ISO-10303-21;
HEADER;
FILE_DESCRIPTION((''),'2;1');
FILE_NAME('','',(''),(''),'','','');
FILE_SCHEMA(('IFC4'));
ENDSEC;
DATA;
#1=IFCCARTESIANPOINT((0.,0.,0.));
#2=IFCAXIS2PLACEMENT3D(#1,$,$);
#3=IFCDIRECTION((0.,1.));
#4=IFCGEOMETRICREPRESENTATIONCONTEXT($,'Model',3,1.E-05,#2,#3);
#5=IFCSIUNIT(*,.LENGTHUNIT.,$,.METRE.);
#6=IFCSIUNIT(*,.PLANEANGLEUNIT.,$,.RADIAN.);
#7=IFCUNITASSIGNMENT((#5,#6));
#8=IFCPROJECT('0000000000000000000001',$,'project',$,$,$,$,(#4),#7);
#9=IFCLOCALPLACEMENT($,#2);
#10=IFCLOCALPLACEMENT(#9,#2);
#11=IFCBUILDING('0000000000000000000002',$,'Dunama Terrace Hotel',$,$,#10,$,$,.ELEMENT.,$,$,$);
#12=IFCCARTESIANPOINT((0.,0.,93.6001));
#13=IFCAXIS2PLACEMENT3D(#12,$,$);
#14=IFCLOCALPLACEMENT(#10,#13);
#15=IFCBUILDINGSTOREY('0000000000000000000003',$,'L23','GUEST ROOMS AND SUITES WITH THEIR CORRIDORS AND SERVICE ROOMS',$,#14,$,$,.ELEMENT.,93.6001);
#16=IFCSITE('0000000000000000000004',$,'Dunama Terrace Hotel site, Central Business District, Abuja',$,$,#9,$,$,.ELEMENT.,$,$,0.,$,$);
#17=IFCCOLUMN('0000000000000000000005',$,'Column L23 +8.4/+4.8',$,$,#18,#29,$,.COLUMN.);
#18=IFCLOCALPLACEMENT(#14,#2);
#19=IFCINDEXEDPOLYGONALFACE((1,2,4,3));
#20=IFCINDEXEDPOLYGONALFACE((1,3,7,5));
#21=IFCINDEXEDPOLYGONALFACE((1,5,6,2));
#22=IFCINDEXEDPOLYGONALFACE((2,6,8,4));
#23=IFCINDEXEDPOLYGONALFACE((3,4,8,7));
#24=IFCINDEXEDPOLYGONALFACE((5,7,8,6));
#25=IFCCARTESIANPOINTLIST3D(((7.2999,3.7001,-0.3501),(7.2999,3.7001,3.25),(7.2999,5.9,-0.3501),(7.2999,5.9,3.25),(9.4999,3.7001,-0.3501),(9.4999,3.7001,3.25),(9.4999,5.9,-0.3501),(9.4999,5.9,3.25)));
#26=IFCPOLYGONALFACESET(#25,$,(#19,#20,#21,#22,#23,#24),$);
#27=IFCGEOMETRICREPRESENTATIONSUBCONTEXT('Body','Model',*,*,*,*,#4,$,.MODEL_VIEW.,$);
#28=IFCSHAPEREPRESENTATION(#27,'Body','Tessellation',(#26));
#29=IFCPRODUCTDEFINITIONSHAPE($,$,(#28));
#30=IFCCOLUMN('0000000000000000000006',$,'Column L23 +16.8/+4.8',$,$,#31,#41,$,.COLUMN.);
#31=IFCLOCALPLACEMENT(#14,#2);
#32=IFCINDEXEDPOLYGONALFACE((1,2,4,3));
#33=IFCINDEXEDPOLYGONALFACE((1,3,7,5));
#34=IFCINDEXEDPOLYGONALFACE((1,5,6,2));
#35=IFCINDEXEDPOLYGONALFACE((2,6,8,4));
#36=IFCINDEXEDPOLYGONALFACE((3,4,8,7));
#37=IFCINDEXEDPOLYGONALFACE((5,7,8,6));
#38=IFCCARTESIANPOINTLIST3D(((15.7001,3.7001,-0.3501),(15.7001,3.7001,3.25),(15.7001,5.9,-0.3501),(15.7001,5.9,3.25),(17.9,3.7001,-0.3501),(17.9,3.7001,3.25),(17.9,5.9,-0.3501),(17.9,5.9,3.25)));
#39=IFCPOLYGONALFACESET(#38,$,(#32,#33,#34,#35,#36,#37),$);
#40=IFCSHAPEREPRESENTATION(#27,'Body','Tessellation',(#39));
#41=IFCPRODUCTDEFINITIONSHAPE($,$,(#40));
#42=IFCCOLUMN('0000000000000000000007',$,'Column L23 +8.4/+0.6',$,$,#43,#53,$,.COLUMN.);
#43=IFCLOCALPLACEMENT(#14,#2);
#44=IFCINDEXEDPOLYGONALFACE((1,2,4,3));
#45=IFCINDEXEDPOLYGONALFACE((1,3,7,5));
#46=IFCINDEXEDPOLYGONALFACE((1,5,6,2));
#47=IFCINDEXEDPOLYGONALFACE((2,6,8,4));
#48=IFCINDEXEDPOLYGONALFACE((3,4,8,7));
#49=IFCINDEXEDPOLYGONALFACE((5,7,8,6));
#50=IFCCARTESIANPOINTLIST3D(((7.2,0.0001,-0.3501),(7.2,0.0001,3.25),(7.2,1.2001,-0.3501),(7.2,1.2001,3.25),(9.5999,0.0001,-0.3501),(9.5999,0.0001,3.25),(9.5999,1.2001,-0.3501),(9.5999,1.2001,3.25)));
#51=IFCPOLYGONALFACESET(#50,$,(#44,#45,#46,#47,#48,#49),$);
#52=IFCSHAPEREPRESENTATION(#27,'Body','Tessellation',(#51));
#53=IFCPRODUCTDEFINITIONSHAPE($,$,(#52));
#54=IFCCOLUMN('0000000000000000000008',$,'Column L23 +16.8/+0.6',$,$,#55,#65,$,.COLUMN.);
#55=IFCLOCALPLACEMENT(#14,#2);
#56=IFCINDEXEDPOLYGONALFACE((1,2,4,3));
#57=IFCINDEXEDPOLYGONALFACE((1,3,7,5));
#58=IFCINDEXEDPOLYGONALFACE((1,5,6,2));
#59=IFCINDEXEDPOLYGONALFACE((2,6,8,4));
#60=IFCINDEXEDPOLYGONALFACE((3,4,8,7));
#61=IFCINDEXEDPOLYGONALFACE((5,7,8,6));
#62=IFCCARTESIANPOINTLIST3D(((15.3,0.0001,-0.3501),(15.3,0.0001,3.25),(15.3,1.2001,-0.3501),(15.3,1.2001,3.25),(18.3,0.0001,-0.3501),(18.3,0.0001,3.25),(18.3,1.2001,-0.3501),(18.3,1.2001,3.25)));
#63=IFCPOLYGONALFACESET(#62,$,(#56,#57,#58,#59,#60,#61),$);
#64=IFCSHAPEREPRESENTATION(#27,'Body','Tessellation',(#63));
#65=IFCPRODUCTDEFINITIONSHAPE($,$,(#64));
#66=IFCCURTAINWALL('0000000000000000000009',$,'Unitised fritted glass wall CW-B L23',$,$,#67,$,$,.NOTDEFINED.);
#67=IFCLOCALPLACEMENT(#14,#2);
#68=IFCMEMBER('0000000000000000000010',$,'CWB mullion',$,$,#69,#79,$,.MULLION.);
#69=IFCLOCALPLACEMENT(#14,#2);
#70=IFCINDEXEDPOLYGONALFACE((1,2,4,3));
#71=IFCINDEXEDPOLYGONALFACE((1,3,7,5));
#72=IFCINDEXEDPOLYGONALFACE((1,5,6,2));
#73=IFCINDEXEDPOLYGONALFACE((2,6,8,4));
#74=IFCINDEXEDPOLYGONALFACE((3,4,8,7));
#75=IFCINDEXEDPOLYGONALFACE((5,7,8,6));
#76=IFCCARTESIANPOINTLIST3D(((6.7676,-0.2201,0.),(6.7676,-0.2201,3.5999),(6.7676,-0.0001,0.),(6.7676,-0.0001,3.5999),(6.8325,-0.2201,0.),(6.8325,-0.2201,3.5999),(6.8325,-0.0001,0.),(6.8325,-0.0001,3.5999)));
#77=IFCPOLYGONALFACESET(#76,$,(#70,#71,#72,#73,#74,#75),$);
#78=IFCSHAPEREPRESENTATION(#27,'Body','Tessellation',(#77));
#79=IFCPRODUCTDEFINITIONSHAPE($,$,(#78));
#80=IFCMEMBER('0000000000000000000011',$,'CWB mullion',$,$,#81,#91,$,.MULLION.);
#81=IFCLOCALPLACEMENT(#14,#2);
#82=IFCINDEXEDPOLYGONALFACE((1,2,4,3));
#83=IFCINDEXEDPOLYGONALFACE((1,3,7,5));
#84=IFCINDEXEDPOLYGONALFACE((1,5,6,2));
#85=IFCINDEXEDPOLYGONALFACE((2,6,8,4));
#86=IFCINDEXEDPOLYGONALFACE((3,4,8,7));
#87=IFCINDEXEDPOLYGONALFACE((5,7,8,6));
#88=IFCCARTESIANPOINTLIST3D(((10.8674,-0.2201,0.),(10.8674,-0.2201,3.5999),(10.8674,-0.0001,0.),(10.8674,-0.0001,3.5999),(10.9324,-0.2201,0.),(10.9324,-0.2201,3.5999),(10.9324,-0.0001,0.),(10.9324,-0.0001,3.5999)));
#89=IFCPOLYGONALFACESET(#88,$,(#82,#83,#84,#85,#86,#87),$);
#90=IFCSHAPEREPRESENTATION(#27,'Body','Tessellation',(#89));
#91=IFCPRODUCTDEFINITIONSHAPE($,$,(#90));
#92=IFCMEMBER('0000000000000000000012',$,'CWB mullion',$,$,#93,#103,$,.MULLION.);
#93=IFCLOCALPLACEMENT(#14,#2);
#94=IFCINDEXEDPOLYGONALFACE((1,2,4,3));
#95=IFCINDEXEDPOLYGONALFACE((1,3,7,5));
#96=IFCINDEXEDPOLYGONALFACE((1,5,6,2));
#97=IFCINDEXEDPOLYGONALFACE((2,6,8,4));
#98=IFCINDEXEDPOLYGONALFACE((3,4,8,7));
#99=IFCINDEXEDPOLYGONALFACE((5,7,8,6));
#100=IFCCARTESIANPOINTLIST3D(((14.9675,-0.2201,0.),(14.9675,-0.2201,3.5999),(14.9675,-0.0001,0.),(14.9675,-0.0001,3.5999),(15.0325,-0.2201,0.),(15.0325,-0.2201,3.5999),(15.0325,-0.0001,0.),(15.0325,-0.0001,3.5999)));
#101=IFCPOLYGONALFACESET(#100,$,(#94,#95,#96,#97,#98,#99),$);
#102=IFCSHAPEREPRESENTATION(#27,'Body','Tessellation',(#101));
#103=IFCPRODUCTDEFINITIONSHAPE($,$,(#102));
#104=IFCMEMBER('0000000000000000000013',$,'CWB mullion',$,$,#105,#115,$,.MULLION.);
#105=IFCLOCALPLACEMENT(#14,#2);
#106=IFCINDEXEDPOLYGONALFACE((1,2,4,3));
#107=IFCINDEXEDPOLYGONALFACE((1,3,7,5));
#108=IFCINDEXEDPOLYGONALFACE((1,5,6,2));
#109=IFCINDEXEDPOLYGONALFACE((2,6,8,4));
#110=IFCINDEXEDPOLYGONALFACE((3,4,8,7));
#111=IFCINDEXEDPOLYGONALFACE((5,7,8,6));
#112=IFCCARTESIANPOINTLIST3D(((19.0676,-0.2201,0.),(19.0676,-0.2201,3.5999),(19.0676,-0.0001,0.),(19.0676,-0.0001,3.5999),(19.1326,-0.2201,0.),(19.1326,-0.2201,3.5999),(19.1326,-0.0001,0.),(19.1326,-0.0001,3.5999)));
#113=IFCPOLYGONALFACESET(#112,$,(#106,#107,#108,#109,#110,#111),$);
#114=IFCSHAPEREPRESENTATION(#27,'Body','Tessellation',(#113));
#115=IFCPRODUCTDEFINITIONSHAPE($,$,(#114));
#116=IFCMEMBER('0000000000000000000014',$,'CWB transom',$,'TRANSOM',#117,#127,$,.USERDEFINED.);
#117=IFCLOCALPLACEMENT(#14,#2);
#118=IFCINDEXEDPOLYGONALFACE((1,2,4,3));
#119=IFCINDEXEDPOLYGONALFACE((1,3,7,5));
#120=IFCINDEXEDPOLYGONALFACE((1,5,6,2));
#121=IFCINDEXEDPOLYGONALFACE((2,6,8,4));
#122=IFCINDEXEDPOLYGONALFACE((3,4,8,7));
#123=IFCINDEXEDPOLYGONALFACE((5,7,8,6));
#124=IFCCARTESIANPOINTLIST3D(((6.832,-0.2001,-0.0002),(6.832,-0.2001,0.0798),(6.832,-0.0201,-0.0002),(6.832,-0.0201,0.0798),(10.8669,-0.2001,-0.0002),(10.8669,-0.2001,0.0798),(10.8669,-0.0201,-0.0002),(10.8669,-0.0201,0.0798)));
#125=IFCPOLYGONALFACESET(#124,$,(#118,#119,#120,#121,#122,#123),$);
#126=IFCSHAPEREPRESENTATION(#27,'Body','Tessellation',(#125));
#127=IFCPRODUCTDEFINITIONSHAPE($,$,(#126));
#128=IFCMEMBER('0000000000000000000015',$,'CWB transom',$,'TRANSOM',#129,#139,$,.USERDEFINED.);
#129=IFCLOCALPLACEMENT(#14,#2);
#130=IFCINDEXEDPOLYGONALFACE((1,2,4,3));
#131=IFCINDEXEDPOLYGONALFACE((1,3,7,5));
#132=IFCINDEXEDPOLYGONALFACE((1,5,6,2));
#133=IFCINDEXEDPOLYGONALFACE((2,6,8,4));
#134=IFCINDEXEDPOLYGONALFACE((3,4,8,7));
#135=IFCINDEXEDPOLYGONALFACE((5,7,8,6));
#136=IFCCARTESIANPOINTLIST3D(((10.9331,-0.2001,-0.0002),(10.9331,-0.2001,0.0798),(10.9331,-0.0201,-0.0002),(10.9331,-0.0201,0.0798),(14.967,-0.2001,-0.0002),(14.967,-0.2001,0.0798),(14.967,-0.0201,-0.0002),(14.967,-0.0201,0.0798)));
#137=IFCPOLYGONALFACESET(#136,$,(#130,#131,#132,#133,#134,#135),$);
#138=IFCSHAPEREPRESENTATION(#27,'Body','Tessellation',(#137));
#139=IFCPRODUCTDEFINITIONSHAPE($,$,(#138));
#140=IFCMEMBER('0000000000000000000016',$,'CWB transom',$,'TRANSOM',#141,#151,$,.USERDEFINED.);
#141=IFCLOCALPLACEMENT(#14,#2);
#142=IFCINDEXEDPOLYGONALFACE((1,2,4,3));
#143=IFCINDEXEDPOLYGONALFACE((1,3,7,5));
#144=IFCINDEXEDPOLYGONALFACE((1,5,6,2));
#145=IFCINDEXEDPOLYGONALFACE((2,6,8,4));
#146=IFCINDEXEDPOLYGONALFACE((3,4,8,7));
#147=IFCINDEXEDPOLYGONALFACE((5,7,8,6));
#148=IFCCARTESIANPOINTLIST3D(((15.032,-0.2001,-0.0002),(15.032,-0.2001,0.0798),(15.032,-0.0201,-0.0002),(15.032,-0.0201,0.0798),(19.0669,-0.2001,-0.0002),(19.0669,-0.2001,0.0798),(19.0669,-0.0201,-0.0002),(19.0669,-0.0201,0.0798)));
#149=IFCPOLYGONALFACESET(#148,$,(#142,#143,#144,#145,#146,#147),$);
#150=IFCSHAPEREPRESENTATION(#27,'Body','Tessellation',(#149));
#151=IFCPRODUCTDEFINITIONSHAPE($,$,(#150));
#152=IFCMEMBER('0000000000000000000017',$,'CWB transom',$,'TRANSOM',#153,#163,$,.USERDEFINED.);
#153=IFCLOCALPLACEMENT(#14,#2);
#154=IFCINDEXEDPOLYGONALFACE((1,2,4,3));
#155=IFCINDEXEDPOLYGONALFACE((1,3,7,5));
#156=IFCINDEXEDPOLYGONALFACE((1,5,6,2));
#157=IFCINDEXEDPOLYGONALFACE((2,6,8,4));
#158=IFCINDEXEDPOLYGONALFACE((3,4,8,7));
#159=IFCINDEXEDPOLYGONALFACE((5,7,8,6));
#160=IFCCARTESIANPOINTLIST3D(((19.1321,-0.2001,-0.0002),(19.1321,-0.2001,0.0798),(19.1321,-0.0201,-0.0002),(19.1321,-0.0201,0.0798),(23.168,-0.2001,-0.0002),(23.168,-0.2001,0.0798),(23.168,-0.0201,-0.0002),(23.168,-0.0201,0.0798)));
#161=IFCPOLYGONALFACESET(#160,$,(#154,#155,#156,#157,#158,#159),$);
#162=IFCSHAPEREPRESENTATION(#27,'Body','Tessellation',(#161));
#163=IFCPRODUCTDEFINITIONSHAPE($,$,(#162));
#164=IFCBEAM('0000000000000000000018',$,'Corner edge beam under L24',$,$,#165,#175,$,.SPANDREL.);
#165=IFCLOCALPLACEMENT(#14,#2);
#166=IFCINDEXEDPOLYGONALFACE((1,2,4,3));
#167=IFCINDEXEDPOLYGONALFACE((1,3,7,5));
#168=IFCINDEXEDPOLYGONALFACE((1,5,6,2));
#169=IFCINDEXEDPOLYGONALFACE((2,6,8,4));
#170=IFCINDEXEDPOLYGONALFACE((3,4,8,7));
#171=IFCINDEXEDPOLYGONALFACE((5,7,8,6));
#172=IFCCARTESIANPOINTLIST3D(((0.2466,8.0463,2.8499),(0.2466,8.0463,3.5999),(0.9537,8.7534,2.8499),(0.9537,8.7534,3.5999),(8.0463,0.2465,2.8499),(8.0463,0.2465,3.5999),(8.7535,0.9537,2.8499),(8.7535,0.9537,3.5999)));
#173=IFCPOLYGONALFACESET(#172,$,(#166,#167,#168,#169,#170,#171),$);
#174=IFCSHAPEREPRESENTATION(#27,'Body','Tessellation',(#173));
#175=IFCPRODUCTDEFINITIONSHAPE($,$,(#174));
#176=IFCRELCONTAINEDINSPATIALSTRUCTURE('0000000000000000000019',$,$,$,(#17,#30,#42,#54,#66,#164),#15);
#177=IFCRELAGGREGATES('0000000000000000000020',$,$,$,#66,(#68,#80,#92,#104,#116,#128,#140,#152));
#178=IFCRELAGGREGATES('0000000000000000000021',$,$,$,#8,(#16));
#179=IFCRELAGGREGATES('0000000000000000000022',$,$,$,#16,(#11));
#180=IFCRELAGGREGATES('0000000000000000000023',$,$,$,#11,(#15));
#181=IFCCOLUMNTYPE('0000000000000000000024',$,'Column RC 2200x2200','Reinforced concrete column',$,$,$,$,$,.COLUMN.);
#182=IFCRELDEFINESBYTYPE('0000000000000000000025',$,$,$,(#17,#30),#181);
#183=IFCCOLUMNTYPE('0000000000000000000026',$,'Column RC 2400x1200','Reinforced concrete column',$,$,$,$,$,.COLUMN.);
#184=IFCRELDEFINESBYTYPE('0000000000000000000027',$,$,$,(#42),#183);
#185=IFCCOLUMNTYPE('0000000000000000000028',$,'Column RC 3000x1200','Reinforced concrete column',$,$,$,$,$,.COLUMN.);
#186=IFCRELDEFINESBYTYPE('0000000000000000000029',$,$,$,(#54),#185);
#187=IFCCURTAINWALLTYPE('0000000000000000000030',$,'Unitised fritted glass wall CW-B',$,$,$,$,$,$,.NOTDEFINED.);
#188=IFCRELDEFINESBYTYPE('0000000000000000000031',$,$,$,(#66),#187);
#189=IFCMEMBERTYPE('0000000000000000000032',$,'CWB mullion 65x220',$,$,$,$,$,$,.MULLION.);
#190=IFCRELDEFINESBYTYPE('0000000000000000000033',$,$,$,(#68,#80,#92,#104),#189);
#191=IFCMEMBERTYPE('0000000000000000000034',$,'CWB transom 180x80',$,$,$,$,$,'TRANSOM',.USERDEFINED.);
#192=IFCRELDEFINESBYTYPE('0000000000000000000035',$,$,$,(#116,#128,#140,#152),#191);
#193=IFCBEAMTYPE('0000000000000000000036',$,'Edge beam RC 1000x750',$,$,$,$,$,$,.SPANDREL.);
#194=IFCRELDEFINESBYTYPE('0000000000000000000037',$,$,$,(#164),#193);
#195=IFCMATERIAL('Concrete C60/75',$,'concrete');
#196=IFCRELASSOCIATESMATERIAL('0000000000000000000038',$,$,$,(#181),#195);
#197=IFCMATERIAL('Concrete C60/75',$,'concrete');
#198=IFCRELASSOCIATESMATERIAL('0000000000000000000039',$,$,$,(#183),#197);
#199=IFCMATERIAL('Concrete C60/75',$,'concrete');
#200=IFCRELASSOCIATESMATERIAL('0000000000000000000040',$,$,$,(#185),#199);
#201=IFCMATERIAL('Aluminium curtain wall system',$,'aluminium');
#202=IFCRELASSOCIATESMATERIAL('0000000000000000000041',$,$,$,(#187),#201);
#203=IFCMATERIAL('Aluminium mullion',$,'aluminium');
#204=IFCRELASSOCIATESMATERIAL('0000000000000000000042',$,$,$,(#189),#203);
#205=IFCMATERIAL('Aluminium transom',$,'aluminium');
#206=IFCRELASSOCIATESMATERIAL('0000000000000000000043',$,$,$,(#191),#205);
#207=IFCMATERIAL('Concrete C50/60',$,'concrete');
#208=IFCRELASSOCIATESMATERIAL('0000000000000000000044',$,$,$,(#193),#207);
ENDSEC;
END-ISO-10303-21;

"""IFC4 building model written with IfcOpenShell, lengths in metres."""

from ifc_helpers import new_model, si_unit, direction, frame, origin, origin_2d, place, context, subcontext, project, spatial, rectangle, extrude, material, material_profile, profile_set, type_object, element, aggregate, save


model = new_model("IFC4")

# Units and contexts
model_context = context("Model", 3, precision=1e-05, world=origin(), true_north=direction((0.0, 1.0)))
body_context = subcontext(model_context, "Body", "Model", "MODEL_VIEW")
ifc_project = project(units=[si_unit("LENGTHUNIT", "METRE"), si_unit("PLANEANGLEUNIT", "RADIAN")], contexts=[model_context])

# Site, building, storey
site_placement = place(None, origin())
site = spatial("IfcSite", under=ifc_project, at=site_placement, Name="Dunama Terrace Hotel site, Central Business District, Abuja", CompositionType="ELEMENT", RefElevation=0.0)
building_placement = place(site_placement, origin())
building = spatial("IfcBuilding", under=site, at=building_placement, Name="Dunama Terrace Hotel", CompositionType="ELEMENT")
storey_placement = place(building_placement, frame((0.0, 0.0, 93.6001)))
storey = spatial("IfcBuildingStorey", under=building, at=storey_placement, Name="L23", Description="GUEST ROOMS AND SUITES WITH THEIR CORRIDORS AND SERVICE ROOMS", CompositionType="ELEMENT", Elevation=93.6001)

# Columns
ifc_material_1 = material(Name="Concrete C60/75", Category="concrete")
ifc_material_profile_1 = material_profile(ifc_material_1, rectangle(XDim=2.2, YDim=2.2, at=origin_2d()), Name="RC 2200x2200")
ifc_profile_set_1 = profile_set([ifc_material_profile_1], Name="Concrete C60/75")
column_type_1 = type_object("IfcColumnType", Name="Column RC 2200x2200", Description="Reinforced concrete column", PredefinedType="COLUMN", material=ifc_profile_set_1)
for number, where, z_axis, x_axis, name in (
    (1, (8.3999, 4.8, -0.3501), (0.0, 0.0, 1.0), (1.0, 0.0, 0.0), "Column L23 +8.4/+4.8"),
    (2, (16.8, 4.8, -0.3501), (0.0, 0.0, 1.0), (1.0, 0.0, 0.0), "Column L23 +16.8/+4.8"),
):
    element("IfcColumn", number, at=place(storey_placement, frame(where, z_axis=z_axis, x_axis=x_axis)), inside=storey, type_object=column_type_1, Name=name, PredefinedType="COLUMN", context=body_context, shape_type="SweptSolid", body=[
        extrude(rectangle(XDim=2.2, YDim=2.2, at=origin_2d()), origin(), (0.0, 0.0, 1.0), 3.6001),
    ])
ifc_material_2 = material(Name="Concrete C60/75", Category="concrete")
ifc_material_profile_2 = material_profile(ifc_material_2, rectangle(XDim=2.3999, YDim=1.2, at=origin_2d()), Name="RC 2400x1200")
ifc_profile_set_2 = profile_set([ifc_material_profile_2], Name="Concrete C60/75")
column_type_2 = type_object("IfcColumnType", Name="Column RC 2400x1200", Description="Reinforced concrete column", PredefinedType="COLUMN", material=ifc_profile_set_2)
column_1_placement = place(storey_placement, frame((8.3999, 0.6001, -0.3501), z_axis=(0.0, 0.0, 1.0), x_axis=(1.0, 0.0, 0.0)))
element("IfcColumn", 3, at=column_1_placement, inside=storey, type_object=column_type_2, Name="Column L23 +8.4/+0.6", PredefinedType="COLUMN", context=body_context, shape_type="SweptSolid", body=[
    extrude(rectangle(XDim=2.3999, YDim=1.2, at=origin_2d()), origin(), (0.0, 0.0, 1.0), 3.6001),
])
ifc_material_3 = material(Name="Concrete C60/75", Category="concrete")
ifc_material_profile_3 = material_profile(ifc_material_3, rectangle(XDim=3.0, YDim=1.2, at=origin_2d()), Name="RC 3000x1200")
ifc_profile_set_3 = profile_set([ifc_material_profile_3], Name="Concrete C60/75")
column_type_3 = type_object("IfcColumnType", Name="Column RC 3000x1200", Description="Reinforced concrete column", PredefinedType="COLUMN", material=ifc_profile_set_3)
column_2_placement = place(storey_placement, frame((16.8, 0.6001, -0.3501), z_axis=(0.0, 0.0, 1.0), x_axis=(1.0, 0.0, 0.0)))
element("IfcColumn", 4, at=column_2_placement, inside=storey, type_object=column_type_3, Name="Column L23 +16.8/+0.6", PredefinedType="COLUMN", context=body_context, shape_type="SweptSolid", body=[
    extrude(rectangle(XDim=3.0, YDim=1.2, at=origin_2d()), origin(), (0.0, 0.0, 1.0), 3.6001),
])

# Curtain wall, members
ifc_material_4 = material(Name="Aluminium curtain wall system", Category="aluminium")
curtain_wall_type = type_object("IfcCurtainWallType", Name="Unitised fritted glass wall CW-B", PredefinedType="NOTDEFINED", material=ifc_material_4)
curtain_wall_placement = place(storey_placement, origin())
curtain_wall = element("IfcCurtainWall", 5, at=curtain_wall_placement, inside=storey, type_object=curtain_wall_type, Name="Unitised fritted glass wall CW-B L23", PredefinedType="NOTDEFINED")
ifc_material_5 = material(Name="Aluminium mullion", Category="aluminium")
ifc_material_profile_4 = material_profile(ifc_material_5, rectangle(XDim=0.0649, YDim=0.22, at=origin_2d()), Name="CWB MULLION 65X220")
ifc_profile_set_4 = profile_set([ifc_material_profile_4], Name="Aluminium mullion")
member_type_1 = type_object("IfcMemberType", Name="CWB mullion 65x220", PredefinedType="MULLION", material=ifc_profile_set_4)
member_1_placement = place(storey_placement, frame((6.8, -0.1101, 0.0), z_axis=(0.0, 0.0, 1.0), x_axis=(1.0, 0.0, 0.0)))
member_1 = element("IfcMember", 6, at=member_1_placement, type_object=member_type_1, Name="CWB mullion", PredefinedType="MULLION", context=body_context, shape_type="SweptSolid", body=[
    extrude(rectangle(XDim=0.0649, YDim=0.22, at=origin_2d()), origin(), (0.0, 0.0, 1.0), 3.5999),
])
member_2_placement = place(storey_placement, frame((10.8999, -0.1101, 0.0), z_axis=(0.0, 0.0, 1.0), x_axis=(1.0, 0.0, 0.0)))
member_2 = element("IfcMember", 7, at=member_2_placement, type_object=member_type_1, Name="CWB mullion", PredefinedType="MULLION", context=body_context, shape_type="SweptSolid", body=[
    extrude(rectangle(XDim=0.0649, YDim=0.22, at=origin_2d()), origin(), (0.0, 0.0, 1.0), 3.5999),
])
member_3_placement = place(storey_placement, frame((15.0, -0.1101, 0.0), z_axis=(0.0, 0.0, 1.0), x_axis=(1.0, 0.0, 0.0)))
member_3 = element("IfcMember", 8, at=member_3_placement, type_object=member_type_1, Name="CWB mullion", PredefinedType="MULLION", context=body_context, shape_type="SweptSolid", body=[
    extrude(rectangle(XDim=0.0649, YDim=0.22, at=origin_2d()), origin(), (0.0, 0.0, 1.0), 3.5999),
])
member_4_placement = place(storey_placement, frame((19.1001, -0.1101, 0.0), z_axis=(0.0, 0.0, 1.0), x_axis=(1.0, 0.0, 0.0)))
member_4 = element("IfcMember", 9, at=member_4_placement, type_object=member_type_1, Name="CWB mullion", PredefinedType="MULLION", context=body_context, shape_type="SweptSolid", body=[
    extrude(rectangle(XDim=0.0649, YDim=0.22, at=origin_2d()), origin(), (0.0, 0.0, 1.0), 3.5999),
])
ifc_material_6 = material(Name="Aluminium transom", Category="aluminium")
ifc_material_profile_5 = material_profile(ifc_material_6, rectangle(XDim=0.1799, YDim=0.0801, at=origin_2d()), Name="CWB TRANSOM 180X80")
ifc_profile_set_5 = profile_set([ifc_material_profile_5], Name="Aluminium transom")
member_type_2 = type_object("IfcMemberType", Name="CWB transom 180x80", ElementType="TRANSOM", PredefinedType="USERDEFINED", material=ifc_profile_set_5)
member_5_placement = place(storey_placement, frame((6.832, -0.1101, 0.0398), z_axis=(1.0, 0.0, 0.0), x_axis=(0.0, 1.0, 0.0)))
member_5 = element("IfcMember", 10, at=member_5_placement, type_object=member_type_2, Name="CWB transom", ObjectType="TRANSOM", PredefinedType="USERDEFINED", context=body_context, shape_type="SweptSolid", body=[
    extrude(rectangle(XDim=0.1799, YDim=0.0801, at=origin_2d()), origin(), (0.0, 0.0, 1.0), 4.0349),
])
member_6_placement = place(storey_placement, frame((10.9331, -0.1101, 0.0398), z_axis=(1.0, 0.0, 0.0), x_axis=(0.0, 1.0, 0.0)))
member_6 = element("IfcMember", 11, at=member_6_placement, type_object=member_type_2, Name="CWB transom", ObjectType="TRANSOM", PredefinedType="USERDEFINED", context=body_context, shape_type="SweptSolid", body=[
    extrude(rectangle(XDim=0.1799, YDim=0.0801, at=origin_2d()), origin(), (0.0, 0.0, 1.0), 4.0339),
])
member_7_placement = place(storey_placement, frame((15.032, -0.1101, 0.0398), z_axis=(1.0, 0.0, 0.0), x_axis=(0.0, 1.0, 0.0)))
member_7 = element("IfcMember", 12, at=member_7_placement, type_object=member_type_2, Name="CWB transom", ObjectType="TRANSOM", PredefinedType="USERDEFINED", context=body_context, shape_type="SweptSolid", body=[
    extrude(rectangle(XDim=0.1799, YDim=0.0801, at=origin_2d()), origin(), (0.0, 0.0, 1.0), 4.0349),
])
member_8_placement = place(storey_placement, frame((19.1321, -0.1101, 0.0398), z_axis=(1.0, 0.0, 0.0), x_axis=(0.0, 1.0, 0.0)))
member_8 = element("IfcMember", 13, at=member_8_placement, type_object=member_type_2, Name="CWB transom", ObjectType="TRANSOM", PredefinedType="USERDEFINED", context=body_context, shape_type="SweptSolid", body=[
    extrude(rectangle(XDim=0.1799, YDim=0.0801, at=origin_2d()), origin(), (0.0, 0.0, 1.0), 4.0359),
])

# Beam
ifc_material_7 = material(Name="Concrete C50/60", Category="concrete")
ifc_material_profile_6 = material_profile(ifc_material_7, rectangle(XDim=1.0, YDim=0.75, at=origin_2d()), Name="RC 1000x750")
ifc_profile_set_6 = profile_set([ifc_material_profile_6], Name="Concrete C50/60")
beam_type_1 = type_object("IfcBeamType", Name="Edge beam RC 1000x750", PredefinedType="SPANDREL", material=ifc_profile_set_6)
beam_1_placement = place(storey_placement, frame((8.3999, 0.6001, 3.2249), z_axis=(-0.707107, 0.707107, 0.0), x_axis=(-0.707107, -0.707107, 0.0)))
element("IfcBeam", 14, at=beam_1_placement, inside=storey, type_object=beam_type_1, Name="Corner edge beam under L24", PredefinedType="SPANDREL", context=body_context, shape_type="SweptSolid", body=[
    extrude(rectangle(XDim=1.0, YDim=0.75, at=origin_2d()), origin(), (0.0, 0.0, 1.0), 11.0305),
])

aggregate(curtain_wall, [member_1, member_2, member_3, member_4, member_5, member_6, member_7, member_8])

save(model, "model.ifc")
